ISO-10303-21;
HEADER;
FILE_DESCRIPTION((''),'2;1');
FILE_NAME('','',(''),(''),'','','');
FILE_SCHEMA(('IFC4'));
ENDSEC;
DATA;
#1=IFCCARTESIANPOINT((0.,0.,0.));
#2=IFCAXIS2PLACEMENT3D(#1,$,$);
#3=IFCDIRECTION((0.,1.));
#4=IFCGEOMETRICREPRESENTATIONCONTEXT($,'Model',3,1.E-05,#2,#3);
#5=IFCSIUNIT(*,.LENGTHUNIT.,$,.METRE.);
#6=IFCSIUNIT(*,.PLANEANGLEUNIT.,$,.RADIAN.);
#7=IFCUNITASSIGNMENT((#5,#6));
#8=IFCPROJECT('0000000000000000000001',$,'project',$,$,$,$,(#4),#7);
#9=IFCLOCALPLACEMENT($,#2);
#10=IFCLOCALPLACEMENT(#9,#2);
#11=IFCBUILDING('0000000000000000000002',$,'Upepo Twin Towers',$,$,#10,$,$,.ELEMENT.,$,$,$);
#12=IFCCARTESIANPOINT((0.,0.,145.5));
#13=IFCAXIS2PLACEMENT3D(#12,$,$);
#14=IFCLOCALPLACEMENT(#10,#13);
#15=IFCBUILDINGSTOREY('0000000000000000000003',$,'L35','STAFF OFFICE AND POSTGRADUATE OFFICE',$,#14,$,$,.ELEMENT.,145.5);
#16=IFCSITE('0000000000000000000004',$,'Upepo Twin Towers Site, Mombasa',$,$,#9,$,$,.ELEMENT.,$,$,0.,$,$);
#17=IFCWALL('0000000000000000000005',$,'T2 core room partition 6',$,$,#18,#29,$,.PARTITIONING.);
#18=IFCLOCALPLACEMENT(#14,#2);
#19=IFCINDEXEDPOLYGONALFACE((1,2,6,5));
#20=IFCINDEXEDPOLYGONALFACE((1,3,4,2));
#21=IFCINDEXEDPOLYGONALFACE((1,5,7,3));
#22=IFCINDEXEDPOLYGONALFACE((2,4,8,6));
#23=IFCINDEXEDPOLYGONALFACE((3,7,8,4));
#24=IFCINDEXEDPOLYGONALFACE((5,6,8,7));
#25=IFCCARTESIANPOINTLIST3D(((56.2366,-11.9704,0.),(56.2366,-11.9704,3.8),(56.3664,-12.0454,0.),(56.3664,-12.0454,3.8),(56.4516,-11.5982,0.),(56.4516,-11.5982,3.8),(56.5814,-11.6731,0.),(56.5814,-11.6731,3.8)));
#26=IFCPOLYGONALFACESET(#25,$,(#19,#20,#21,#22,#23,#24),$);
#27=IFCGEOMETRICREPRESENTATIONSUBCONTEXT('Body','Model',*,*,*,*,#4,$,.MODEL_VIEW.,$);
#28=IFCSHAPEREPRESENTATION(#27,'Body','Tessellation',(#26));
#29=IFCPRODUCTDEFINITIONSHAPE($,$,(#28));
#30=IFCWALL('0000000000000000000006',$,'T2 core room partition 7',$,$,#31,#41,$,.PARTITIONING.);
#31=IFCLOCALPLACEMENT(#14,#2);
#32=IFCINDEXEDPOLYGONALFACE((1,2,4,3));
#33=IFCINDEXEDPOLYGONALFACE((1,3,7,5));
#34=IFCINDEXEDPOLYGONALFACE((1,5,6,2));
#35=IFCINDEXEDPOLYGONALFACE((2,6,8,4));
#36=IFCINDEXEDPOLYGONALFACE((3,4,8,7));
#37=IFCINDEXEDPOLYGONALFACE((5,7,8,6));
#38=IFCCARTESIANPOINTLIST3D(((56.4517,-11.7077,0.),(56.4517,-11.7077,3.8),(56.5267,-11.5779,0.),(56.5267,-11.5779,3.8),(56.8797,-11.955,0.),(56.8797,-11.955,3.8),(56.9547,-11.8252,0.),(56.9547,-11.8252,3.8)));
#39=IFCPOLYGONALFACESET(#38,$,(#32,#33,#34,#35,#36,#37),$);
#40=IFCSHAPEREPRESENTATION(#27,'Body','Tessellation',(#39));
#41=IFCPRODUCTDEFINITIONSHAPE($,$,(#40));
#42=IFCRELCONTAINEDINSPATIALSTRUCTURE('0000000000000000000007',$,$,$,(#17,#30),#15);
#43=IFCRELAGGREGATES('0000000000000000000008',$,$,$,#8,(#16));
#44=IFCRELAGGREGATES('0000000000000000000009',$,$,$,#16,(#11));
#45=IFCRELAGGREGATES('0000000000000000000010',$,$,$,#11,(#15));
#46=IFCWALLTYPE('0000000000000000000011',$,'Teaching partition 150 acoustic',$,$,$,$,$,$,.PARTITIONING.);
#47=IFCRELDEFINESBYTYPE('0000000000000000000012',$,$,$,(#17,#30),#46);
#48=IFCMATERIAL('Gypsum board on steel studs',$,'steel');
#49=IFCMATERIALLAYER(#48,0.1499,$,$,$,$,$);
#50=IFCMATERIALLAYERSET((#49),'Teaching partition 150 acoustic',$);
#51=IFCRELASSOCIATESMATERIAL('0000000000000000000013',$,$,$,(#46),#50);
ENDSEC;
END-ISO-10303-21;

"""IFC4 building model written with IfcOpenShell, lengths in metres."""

from ifc_helpers import new_model, si_unit, direction, frame, frame_2d, origin, place, context, subcontext, project, spatial, rectangle, extrude, material, layer, layer_set, type_object, element, save


model = new_model("IFC4")

# Units and contexts
model_context = context("Model", 3, precision=1e-05, world=origin(), true_north=direction((0.0, 1.0)))
body_context = subcontext(model_context, "Body", "Model", "MODEL_VIEW")
ifc_project = project(units=[si_unit("LENGTHUNIT", "METRE"), si_unit("PLANEANGLEUNIT", "RADIAN")], contexts=[model_context])

# Site, building, storey
site_placement = place(None, origin())
site = spatial("IfcSite", under=ifc_project, at=site_placement, Name="Upepo Twin Towers Site, Mombasa", CompositionType="ELEMENT", RefElevation=0.0)
building_placement = place(site_placement, origin())
building = spatial("IfcBuilding", under=site, at=building_placement, Name="Upepo Twin Towers", CompositionType="ELEMENT")
storey_placement = place(building_placement, frame((0.0, 0.0, 145.5)))
storey = spatial("IfcBuildingStorey", under=building, at=storey_placement, Name="L35", Description="STAFF OFFICE AND POSTGRADUATE OFFICE", CompositionType="ELEMENT", Elevation=145.5)

# Shared definitions
ifc_material_1 = material(Name="Gypsum board on steel studs", Category="steel")
ifc_layer_1 = layer(ifc_material_1, 0.1499)
ifc_layer_set_1 = layer_set([ifc_layer_1], Name="Teaching partition 150 acoustic")
wall_type_1 = type_object("IfcWallType", Name="Teaching partition 150 acoustic", PredefinedType="PARTITIONING", material=ifc_layer_set_1)

# Walls
for number, where, z_axis, x_axis, name in (
    (1, (56.3015, -12.0078, 0.0), (0.0, 0.0, 1.0), (0.50023, 0.865892, 0.0), "T2 core room partition 6"),
):
    element("IfcWall", number, at=place(storey_placement, frame(where, z_axis=z_axis, x_axis=x_axis)), inside=storey, type_object=wall_type_1, Name=name, PredefinedType="PARTITIONING", context=body_context, shape_type="SweptSolid", body=[
        extrude(rectangle(XDim=0.4299, YDim=0.1499, at=frame_2d((0.2148, 0.0))), origin(), (0.0, 0.0, 1.0), 3.8),
    ])
wall_1_placement = place(storey_placement, frame((56.4893, -11.6428, 0.0), z_axis=(0.0, 0.0, 1.0), x_axis=(0.865832, -0.500335, 0.0)))
element("IfcWall", 2, at=wall_1_placement, inside=storey, type_object=wall_type_1, Name="T2 core room partition 7", PredefinedType="PARTITIONING", context=body_context, shape_type="SweptSolid", body=[
    extrude(rectangle(XDim=0.4944, YDim=0.1499, at=frame_2d((0.2471, 0.0))), origin(), (0.0, 0.0, 1.0), 3.8),
])

save(model, "model.ifc")
